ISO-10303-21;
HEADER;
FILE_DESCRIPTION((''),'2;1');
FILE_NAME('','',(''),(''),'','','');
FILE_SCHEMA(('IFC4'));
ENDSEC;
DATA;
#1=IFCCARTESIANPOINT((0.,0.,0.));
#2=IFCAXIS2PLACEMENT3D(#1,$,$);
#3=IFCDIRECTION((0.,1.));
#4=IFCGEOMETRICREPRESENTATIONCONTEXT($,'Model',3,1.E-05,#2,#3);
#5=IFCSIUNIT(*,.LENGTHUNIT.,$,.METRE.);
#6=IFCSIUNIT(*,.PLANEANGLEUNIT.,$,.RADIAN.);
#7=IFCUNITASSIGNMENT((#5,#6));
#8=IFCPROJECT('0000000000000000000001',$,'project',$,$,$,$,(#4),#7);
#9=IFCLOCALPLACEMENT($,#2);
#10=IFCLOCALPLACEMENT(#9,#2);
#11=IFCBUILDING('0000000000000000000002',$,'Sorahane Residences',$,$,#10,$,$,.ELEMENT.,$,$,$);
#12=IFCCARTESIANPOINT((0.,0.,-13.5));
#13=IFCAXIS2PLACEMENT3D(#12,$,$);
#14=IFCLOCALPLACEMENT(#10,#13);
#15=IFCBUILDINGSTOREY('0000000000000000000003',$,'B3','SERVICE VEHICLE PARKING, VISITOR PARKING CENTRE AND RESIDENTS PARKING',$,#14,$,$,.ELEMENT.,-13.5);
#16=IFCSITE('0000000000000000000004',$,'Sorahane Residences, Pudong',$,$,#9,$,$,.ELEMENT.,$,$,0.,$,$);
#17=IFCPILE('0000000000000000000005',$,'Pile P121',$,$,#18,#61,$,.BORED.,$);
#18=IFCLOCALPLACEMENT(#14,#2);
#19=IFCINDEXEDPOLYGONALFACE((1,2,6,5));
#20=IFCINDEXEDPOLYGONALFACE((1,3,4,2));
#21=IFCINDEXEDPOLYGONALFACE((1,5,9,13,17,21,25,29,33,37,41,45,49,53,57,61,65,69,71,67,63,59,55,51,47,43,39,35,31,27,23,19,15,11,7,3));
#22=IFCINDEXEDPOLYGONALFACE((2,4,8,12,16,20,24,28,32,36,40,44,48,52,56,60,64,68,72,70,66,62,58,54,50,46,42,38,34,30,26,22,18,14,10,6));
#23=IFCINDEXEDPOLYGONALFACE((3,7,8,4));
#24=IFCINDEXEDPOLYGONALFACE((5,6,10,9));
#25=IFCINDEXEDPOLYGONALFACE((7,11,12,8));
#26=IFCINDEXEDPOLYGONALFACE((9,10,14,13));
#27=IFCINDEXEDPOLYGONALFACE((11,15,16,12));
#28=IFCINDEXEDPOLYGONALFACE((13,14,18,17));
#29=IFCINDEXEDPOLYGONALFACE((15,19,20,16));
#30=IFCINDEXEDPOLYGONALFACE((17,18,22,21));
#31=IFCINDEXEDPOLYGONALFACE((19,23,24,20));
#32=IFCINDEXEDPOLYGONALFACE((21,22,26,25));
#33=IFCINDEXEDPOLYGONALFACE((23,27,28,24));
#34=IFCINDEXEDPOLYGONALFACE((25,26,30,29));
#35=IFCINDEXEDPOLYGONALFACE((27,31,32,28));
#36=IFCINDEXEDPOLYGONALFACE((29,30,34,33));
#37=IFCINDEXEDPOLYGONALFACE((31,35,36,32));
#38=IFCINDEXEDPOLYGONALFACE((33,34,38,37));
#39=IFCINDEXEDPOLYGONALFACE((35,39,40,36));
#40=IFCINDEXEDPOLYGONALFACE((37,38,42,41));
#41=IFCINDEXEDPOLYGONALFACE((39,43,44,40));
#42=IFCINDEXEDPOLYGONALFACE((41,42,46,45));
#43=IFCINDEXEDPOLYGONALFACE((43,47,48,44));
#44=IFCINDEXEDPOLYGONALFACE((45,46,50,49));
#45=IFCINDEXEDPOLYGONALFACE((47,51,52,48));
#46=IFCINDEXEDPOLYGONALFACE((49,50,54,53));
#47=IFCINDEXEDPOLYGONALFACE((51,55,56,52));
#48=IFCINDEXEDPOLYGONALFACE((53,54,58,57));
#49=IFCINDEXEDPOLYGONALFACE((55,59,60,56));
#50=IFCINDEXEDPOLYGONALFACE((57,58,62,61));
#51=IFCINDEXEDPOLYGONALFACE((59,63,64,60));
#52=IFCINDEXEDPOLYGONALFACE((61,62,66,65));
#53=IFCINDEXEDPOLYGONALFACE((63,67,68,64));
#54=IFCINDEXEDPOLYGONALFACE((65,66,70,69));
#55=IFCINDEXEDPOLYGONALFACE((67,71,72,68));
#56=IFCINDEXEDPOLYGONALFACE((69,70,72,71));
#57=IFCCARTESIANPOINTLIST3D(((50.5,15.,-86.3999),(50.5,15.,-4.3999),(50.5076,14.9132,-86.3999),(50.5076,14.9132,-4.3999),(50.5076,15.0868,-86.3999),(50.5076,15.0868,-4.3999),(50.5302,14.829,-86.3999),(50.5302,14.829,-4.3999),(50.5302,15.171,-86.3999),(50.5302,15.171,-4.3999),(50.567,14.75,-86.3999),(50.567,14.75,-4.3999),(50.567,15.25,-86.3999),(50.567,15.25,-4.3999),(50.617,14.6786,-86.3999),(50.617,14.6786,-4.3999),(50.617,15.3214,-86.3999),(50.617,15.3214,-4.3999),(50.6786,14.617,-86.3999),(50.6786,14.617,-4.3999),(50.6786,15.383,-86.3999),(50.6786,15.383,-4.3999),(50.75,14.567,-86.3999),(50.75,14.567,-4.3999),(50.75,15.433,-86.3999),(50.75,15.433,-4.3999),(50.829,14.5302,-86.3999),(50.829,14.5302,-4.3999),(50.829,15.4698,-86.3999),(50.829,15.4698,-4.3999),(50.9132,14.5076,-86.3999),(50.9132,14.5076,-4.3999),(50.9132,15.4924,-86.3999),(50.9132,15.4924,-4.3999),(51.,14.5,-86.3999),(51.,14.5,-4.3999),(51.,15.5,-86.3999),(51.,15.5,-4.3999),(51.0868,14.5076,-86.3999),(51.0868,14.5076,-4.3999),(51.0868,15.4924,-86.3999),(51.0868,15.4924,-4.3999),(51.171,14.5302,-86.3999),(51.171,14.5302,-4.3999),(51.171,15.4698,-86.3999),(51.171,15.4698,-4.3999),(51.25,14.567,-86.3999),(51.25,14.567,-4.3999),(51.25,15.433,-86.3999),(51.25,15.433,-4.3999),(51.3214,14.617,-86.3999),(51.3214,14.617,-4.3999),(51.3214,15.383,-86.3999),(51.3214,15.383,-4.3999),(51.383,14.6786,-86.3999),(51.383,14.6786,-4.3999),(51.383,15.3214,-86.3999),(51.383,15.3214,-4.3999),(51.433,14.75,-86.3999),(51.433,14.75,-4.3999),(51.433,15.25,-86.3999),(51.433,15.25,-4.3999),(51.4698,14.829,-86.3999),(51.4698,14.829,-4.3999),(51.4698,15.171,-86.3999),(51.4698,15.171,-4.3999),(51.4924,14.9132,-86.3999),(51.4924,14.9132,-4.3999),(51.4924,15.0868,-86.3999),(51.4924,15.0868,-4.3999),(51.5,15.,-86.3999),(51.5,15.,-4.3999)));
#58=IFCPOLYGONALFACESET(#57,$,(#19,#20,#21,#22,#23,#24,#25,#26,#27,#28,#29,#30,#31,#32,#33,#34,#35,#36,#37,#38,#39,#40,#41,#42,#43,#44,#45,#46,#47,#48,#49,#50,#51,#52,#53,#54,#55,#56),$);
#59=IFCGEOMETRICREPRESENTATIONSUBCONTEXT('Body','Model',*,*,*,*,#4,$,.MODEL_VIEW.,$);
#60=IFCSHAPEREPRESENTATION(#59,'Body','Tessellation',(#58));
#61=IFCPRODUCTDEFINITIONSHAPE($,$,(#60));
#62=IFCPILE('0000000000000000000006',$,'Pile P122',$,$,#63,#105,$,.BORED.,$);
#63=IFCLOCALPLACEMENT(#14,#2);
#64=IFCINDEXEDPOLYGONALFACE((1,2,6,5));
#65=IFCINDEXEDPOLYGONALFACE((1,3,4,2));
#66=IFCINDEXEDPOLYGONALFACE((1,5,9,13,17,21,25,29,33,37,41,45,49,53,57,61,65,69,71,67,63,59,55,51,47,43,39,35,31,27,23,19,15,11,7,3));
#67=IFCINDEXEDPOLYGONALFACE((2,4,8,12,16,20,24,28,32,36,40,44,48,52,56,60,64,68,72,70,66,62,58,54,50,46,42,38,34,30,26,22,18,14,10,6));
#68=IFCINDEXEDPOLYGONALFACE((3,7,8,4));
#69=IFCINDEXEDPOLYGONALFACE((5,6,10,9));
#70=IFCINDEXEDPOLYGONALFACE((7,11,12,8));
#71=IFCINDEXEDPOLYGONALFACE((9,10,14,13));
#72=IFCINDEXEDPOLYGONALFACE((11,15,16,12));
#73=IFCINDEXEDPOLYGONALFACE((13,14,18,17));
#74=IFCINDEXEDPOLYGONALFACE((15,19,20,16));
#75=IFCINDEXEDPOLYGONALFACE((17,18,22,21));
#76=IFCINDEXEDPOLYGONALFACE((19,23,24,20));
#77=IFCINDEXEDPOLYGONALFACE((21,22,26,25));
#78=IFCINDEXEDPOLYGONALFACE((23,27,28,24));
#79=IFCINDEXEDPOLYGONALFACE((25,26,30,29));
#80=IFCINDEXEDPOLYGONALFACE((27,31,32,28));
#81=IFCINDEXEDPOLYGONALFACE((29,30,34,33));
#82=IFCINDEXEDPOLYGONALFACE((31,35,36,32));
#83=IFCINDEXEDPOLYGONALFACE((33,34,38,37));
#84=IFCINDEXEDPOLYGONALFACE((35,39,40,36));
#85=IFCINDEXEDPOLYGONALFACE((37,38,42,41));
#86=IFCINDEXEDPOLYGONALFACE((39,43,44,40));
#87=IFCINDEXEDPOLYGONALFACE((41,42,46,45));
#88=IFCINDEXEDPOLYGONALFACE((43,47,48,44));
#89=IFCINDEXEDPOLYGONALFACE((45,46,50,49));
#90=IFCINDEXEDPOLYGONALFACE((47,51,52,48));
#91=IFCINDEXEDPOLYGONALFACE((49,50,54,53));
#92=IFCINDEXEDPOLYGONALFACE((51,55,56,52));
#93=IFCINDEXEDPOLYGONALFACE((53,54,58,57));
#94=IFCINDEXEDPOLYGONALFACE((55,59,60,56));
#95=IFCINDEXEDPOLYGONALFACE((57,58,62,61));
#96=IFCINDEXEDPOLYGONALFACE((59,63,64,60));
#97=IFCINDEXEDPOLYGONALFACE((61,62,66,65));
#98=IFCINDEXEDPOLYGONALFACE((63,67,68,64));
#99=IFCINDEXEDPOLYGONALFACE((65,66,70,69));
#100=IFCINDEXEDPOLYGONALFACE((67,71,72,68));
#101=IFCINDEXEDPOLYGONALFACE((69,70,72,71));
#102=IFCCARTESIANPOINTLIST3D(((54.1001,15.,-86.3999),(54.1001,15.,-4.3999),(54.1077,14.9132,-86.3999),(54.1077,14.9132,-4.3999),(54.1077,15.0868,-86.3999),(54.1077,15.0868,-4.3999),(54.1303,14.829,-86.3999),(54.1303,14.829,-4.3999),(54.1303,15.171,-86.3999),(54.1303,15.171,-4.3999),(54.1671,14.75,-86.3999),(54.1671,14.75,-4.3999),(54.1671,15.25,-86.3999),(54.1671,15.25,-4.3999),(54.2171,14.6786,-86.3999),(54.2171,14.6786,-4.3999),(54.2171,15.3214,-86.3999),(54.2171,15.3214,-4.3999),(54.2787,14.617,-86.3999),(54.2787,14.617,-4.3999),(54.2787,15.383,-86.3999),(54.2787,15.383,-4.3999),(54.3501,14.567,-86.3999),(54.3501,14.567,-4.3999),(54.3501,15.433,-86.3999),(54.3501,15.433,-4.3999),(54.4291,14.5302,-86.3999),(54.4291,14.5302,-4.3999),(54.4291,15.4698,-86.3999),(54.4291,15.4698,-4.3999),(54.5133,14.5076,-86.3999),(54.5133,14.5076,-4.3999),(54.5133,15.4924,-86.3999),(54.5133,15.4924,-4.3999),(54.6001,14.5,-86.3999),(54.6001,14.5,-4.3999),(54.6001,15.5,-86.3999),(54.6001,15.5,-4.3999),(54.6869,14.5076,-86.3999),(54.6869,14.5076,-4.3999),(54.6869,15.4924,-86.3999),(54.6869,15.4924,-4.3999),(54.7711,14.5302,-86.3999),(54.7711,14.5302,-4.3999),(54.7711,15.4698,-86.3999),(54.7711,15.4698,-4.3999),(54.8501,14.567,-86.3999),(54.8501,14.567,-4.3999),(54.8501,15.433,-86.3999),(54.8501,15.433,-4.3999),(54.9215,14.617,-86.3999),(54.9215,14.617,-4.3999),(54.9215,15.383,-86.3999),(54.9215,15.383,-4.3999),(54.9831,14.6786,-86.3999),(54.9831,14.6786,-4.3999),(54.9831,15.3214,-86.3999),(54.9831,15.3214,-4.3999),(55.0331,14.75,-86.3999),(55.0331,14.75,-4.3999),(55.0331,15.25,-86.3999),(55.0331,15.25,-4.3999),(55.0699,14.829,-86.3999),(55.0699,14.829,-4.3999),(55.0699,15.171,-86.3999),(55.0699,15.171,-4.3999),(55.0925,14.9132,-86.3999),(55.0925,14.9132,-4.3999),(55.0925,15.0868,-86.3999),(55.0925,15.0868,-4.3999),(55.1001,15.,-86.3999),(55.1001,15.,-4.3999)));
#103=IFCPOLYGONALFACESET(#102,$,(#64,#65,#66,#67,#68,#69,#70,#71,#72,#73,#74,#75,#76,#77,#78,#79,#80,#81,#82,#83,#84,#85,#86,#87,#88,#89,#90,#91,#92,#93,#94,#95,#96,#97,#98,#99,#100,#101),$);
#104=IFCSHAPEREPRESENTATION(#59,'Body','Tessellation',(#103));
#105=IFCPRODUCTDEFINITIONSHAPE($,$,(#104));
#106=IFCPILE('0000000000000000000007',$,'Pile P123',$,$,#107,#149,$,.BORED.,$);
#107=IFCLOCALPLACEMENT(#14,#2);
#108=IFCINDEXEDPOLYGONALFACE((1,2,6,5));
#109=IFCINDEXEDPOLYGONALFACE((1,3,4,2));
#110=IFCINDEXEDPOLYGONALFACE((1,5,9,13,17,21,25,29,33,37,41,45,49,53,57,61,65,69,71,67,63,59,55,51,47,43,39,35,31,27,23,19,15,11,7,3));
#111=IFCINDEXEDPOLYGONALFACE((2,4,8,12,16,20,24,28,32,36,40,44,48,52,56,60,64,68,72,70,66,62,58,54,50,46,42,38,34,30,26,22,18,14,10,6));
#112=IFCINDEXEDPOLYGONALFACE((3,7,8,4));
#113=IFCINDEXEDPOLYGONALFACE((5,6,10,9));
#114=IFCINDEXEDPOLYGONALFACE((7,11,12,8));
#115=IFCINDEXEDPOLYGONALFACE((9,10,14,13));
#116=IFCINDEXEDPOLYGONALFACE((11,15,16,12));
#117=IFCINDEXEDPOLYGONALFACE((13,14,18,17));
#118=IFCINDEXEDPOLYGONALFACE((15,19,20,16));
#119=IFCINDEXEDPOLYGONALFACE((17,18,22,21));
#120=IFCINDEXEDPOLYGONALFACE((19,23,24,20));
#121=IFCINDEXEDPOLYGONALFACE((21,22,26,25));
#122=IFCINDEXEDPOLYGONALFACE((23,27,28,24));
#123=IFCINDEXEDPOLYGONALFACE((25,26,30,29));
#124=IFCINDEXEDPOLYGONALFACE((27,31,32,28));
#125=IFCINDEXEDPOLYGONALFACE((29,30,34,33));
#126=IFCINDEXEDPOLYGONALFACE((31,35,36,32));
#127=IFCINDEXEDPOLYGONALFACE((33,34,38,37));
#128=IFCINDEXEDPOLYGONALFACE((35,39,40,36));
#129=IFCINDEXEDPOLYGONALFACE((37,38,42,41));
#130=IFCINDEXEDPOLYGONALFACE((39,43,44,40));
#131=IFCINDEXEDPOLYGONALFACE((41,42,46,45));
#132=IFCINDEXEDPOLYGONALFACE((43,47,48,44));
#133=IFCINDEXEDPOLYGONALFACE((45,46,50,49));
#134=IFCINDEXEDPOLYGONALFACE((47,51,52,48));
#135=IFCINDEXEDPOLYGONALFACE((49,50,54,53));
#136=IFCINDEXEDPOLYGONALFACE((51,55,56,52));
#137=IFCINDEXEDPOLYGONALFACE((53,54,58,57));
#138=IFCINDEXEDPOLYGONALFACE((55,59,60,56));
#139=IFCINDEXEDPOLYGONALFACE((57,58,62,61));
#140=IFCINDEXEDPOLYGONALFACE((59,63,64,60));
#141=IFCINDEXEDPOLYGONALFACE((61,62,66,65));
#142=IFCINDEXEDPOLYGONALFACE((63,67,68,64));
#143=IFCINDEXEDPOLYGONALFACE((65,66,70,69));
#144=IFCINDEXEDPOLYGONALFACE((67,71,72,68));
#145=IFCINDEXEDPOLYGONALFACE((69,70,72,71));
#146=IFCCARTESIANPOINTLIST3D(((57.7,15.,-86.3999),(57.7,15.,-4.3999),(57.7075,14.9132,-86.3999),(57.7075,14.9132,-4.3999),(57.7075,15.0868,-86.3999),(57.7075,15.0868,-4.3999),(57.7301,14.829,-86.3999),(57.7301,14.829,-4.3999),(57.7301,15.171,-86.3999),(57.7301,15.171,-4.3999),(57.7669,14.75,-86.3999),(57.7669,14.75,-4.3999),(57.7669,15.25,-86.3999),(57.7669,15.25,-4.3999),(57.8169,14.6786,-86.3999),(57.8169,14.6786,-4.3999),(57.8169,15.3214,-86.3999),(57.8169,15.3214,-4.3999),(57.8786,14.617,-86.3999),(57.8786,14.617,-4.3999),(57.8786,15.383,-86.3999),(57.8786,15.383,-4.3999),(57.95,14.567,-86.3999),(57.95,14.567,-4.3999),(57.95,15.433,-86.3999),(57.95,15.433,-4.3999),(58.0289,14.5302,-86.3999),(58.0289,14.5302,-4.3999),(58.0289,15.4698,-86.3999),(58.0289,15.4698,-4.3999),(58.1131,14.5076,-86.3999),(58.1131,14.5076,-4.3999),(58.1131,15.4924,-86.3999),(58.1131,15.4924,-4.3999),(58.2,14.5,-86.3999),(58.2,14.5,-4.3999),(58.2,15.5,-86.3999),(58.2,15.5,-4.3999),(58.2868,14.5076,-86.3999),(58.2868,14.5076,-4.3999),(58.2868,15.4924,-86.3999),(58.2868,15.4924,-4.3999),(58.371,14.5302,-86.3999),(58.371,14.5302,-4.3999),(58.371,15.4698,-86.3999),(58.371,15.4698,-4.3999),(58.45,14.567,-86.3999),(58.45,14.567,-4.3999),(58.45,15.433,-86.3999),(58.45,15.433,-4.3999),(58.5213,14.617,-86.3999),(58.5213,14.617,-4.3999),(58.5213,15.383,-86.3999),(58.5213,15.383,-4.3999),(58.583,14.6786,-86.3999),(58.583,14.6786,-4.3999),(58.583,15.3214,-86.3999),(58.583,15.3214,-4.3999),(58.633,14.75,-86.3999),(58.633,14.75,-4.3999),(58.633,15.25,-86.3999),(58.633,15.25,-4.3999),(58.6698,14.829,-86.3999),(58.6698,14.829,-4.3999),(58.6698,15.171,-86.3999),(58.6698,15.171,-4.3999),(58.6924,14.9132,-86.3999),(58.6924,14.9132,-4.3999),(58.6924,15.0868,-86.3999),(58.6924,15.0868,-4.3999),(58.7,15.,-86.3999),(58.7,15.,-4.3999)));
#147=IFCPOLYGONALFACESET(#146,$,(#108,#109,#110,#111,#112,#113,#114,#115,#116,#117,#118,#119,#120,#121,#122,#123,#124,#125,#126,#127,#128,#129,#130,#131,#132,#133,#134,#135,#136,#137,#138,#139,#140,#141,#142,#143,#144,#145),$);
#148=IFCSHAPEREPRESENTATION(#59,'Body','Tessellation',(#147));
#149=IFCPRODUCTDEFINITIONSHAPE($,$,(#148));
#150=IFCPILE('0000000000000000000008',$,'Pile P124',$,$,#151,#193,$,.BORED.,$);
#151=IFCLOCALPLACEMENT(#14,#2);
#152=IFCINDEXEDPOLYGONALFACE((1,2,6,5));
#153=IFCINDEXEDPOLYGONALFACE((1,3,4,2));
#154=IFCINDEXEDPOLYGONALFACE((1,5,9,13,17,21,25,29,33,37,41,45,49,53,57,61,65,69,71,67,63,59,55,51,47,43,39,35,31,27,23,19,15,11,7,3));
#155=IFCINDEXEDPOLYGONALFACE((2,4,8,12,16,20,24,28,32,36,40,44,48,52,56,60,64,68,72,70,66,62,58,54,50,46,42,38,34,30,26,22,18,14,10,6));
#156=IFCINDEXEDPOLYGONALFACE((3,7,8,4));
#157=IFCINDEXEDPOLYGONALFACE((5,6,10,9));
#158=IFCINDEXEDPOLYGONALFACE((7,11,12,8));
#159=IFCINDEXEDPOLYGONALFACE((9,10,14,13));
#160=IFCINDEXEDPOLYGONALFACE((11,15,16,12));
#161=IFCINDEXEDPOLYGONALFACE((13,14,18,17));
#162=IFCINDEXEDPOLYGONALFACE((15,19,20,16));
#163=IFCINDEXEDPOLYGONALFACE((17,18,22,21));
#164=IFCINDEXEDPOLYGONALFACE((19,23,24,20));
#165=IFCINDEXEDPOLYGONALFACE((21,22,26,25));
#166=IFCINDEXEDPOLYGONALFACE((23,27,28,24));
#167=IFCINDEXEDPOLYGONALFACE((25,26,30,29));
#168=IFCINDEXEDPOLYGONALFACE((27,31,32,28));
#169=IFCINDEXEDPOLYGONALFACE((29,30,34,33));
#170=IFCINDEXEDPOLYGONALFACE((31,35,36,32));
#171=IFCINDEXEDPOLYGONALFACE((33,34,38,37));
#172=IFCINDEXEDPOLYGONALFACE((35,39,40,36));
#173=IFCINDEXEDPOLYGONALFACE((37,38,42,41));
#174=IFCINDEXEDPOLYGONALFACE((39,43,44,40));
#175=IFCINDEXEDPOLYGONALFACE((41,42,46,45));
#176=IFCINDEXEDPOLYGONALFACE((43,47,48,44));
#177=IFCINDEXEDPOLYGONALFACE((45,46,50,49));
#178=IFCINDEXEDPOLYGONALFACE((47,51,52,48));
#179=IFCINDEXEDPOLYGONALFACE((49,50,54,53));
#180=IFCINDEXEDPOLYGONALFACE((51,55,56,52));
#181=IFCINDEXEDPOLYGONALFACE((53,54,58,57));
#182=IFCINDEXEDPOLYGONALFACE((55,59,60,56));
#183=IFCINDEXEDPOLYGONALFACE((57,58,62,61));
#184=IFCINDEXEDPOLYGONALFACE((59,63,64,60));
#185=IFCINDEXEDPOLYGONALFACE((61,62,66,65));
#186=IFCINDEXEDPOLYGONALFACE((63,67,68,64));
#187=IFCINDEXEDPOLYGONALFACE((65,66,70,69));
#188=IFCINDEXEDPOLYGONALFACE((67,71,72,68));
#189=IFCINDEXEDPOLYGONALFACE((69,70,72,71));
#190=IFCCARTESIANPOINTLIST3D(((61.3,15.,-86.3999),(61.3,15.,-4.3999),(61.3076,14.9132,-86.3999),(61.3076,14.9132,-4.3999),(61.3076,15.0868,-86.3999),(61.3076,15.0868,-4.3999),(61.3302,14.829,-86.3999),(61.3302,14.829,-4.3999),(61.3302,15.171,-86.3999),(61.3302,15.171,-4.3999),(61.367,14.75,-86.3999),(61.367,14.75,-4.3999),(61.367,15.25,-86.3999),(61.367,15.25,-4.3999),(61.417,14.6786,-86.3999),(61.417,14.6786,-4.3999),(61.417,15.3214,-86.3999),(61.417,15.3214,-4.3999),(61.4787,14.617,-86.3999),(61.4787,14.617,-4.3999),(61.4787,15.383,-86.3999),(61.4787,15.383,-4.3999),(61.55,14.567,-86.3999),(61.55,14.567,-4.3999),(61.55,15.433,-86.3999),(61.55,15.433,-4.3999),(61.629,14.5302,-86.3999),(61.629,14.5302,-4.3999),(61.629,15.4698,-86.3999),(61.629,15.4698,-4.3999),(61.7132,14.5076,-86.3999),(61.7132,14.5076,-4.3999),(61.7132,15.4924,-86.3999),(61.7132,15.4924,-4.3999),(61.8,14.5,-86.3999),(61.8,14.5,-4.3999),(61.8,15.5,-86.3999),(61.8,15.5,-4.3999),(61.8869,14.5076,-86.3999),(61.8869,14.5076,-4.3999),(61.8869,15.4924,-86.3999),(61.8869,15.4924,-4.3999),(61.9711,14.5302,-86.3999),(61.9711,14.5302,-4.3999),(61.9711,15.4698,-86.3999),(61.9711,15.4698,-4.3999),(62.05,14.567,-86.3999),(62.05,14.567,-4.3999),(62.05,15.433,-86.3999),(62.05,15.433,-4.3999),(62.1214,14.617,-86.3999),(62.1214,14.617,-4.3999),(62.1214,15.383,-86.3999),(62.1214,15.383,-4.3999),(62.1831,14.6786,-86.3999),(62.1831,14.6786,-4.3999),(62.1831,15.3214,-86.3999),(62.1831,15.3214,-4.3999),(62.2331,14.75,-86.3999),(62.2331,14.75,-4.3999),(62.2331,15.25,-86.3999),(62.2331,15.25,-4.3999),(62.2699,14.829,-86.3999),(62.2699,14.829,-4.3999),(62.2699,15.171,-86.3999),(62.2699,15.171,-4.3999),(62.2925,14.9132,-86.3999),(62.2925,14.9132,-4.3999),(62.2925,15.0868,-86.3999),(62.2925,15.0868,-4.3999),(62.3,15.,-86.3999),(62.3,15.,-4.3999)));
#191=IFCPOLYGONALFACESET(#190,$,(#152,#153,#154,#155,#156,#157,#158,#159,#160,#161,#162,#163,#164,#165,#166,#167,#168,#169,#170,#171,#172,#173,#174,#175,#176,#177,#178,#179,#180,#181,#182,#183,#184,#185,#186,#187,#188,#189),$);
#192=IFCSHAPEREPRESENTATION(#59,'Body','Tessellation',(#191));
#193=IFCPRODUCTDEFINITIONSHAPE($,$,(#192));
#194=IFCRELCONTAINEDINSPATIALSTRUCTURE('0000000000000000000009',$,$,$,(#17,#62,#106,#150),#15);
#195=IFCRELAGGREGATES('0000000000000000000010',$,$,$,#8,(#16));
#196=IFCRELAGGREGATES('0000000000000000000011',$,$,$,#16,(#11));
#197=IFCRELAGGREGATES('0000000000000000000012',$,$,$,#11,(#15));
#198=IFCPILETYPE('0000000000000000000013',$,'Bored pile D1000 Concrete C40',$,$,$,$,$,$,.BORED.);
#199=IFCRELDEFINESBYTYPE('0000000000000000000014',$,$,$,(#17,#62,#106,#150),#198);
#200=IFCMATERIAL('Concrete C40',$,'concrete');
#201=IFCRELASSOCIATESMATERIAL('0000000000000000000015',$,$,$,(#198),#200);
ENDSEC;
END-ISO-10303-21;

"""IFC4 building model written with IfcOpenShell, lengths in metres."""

from ifc_helpers import new_model, si_unit, direction, frame, origin, origin_2d, place, context, subcontext, project, spatial, circle, extrude, material, material_profile, profile_set, type_object, element, save


model = new_model("IFC4")

# Units and contexts
model_context = context("Model", 3, precision=1e-05, world=origin(), true_north=direction((0.0, 1.0)))
body_context = subcontext(model_context, "Body", "Model", "MODEL_VIEW")
ifc_project = project(units=[si_unit("LENGTHUNIT", "METRE"), si_unit("PLANEANGLEUNIT", "RADIAN")], contexts=[model_context])

# Site, building, storey
site_placement = place(None, origin())
site = spatial("IfcSite", under=ifc_project, at=site_placement, Name="Sorahane Residences, Pudong", CompositionType="ELEMENT", RefElevation=0.0)
building_placement = place(site_placement, origin())
building = spatial("IfcBuilding", under=site, at=building_placement, Name="Sorahane Residences", CompositionType="ELEMENT")
storey_placement = place(building_placement, frame((0.0, 0.0, -13.5)))
storey = spatial("IfcBuildingStorey", under=building, at=storey_placement, Name="B3", Description="SERVICE VEHICLE PARKING, VISITOR PARKING CENTRE AND RESIDENTS PARKING", CompositionType="ELEMENT", Elevation=-13.5)

# Piles
ifc_material_1 = material(Name="Concrete C40", Category="concrete")
ifc_material_profile_1 = material_profile(ifc_material_1, circle(Radius=0.5, at=origin_2d()), Name="D1000")
ifc_profile_set_1 = profile_set([ifc_material_profile_1], Name="Concrete C40")
pile_type = type_object("IfcPileType", Name="Bored pile D1000 Concrete C40", PredefinedType="BORED", material=ifc_profile_set_1)
for number, where, z_axis, x_axis, name in (
    (1, (51.0, 15.0, -4.3999), (0.0, 0.0, -1.0), (1.0, 0.0, 0.0), "Pile P121"),
    (2, (54.6001, 15.0, -4.3999), (0.0, 0.0, -1.0), (1.0, 0.0, 0.0), "Pile P122"),
    (3, (58.2, 15.0, -4.3999), (0.0, 0.0, -1.0), (1.0, 0.0, 0.0), "Pile P123"),
    (4, (61.8, 15.0, -4.3999), (0.0, 0.0, -1.0), (1.0, 0.0, 0.0), "Pile P124"),
):
    element("IfcPile", number, at=place(storey_placement, frame(where, z_axis=z_axis, x_axis=x_axis)), inside=storey, type_object=pile_type, Name=name, PredefinedType="BORED", context=body_context, shape_type="SweptSolid", body=[
        extrude(circle(Radius=0.5, at=origin_2d()), origin(), (0.0, 0.0, 1.0), 82.0),
    ])

save(model, "model.ifc")
